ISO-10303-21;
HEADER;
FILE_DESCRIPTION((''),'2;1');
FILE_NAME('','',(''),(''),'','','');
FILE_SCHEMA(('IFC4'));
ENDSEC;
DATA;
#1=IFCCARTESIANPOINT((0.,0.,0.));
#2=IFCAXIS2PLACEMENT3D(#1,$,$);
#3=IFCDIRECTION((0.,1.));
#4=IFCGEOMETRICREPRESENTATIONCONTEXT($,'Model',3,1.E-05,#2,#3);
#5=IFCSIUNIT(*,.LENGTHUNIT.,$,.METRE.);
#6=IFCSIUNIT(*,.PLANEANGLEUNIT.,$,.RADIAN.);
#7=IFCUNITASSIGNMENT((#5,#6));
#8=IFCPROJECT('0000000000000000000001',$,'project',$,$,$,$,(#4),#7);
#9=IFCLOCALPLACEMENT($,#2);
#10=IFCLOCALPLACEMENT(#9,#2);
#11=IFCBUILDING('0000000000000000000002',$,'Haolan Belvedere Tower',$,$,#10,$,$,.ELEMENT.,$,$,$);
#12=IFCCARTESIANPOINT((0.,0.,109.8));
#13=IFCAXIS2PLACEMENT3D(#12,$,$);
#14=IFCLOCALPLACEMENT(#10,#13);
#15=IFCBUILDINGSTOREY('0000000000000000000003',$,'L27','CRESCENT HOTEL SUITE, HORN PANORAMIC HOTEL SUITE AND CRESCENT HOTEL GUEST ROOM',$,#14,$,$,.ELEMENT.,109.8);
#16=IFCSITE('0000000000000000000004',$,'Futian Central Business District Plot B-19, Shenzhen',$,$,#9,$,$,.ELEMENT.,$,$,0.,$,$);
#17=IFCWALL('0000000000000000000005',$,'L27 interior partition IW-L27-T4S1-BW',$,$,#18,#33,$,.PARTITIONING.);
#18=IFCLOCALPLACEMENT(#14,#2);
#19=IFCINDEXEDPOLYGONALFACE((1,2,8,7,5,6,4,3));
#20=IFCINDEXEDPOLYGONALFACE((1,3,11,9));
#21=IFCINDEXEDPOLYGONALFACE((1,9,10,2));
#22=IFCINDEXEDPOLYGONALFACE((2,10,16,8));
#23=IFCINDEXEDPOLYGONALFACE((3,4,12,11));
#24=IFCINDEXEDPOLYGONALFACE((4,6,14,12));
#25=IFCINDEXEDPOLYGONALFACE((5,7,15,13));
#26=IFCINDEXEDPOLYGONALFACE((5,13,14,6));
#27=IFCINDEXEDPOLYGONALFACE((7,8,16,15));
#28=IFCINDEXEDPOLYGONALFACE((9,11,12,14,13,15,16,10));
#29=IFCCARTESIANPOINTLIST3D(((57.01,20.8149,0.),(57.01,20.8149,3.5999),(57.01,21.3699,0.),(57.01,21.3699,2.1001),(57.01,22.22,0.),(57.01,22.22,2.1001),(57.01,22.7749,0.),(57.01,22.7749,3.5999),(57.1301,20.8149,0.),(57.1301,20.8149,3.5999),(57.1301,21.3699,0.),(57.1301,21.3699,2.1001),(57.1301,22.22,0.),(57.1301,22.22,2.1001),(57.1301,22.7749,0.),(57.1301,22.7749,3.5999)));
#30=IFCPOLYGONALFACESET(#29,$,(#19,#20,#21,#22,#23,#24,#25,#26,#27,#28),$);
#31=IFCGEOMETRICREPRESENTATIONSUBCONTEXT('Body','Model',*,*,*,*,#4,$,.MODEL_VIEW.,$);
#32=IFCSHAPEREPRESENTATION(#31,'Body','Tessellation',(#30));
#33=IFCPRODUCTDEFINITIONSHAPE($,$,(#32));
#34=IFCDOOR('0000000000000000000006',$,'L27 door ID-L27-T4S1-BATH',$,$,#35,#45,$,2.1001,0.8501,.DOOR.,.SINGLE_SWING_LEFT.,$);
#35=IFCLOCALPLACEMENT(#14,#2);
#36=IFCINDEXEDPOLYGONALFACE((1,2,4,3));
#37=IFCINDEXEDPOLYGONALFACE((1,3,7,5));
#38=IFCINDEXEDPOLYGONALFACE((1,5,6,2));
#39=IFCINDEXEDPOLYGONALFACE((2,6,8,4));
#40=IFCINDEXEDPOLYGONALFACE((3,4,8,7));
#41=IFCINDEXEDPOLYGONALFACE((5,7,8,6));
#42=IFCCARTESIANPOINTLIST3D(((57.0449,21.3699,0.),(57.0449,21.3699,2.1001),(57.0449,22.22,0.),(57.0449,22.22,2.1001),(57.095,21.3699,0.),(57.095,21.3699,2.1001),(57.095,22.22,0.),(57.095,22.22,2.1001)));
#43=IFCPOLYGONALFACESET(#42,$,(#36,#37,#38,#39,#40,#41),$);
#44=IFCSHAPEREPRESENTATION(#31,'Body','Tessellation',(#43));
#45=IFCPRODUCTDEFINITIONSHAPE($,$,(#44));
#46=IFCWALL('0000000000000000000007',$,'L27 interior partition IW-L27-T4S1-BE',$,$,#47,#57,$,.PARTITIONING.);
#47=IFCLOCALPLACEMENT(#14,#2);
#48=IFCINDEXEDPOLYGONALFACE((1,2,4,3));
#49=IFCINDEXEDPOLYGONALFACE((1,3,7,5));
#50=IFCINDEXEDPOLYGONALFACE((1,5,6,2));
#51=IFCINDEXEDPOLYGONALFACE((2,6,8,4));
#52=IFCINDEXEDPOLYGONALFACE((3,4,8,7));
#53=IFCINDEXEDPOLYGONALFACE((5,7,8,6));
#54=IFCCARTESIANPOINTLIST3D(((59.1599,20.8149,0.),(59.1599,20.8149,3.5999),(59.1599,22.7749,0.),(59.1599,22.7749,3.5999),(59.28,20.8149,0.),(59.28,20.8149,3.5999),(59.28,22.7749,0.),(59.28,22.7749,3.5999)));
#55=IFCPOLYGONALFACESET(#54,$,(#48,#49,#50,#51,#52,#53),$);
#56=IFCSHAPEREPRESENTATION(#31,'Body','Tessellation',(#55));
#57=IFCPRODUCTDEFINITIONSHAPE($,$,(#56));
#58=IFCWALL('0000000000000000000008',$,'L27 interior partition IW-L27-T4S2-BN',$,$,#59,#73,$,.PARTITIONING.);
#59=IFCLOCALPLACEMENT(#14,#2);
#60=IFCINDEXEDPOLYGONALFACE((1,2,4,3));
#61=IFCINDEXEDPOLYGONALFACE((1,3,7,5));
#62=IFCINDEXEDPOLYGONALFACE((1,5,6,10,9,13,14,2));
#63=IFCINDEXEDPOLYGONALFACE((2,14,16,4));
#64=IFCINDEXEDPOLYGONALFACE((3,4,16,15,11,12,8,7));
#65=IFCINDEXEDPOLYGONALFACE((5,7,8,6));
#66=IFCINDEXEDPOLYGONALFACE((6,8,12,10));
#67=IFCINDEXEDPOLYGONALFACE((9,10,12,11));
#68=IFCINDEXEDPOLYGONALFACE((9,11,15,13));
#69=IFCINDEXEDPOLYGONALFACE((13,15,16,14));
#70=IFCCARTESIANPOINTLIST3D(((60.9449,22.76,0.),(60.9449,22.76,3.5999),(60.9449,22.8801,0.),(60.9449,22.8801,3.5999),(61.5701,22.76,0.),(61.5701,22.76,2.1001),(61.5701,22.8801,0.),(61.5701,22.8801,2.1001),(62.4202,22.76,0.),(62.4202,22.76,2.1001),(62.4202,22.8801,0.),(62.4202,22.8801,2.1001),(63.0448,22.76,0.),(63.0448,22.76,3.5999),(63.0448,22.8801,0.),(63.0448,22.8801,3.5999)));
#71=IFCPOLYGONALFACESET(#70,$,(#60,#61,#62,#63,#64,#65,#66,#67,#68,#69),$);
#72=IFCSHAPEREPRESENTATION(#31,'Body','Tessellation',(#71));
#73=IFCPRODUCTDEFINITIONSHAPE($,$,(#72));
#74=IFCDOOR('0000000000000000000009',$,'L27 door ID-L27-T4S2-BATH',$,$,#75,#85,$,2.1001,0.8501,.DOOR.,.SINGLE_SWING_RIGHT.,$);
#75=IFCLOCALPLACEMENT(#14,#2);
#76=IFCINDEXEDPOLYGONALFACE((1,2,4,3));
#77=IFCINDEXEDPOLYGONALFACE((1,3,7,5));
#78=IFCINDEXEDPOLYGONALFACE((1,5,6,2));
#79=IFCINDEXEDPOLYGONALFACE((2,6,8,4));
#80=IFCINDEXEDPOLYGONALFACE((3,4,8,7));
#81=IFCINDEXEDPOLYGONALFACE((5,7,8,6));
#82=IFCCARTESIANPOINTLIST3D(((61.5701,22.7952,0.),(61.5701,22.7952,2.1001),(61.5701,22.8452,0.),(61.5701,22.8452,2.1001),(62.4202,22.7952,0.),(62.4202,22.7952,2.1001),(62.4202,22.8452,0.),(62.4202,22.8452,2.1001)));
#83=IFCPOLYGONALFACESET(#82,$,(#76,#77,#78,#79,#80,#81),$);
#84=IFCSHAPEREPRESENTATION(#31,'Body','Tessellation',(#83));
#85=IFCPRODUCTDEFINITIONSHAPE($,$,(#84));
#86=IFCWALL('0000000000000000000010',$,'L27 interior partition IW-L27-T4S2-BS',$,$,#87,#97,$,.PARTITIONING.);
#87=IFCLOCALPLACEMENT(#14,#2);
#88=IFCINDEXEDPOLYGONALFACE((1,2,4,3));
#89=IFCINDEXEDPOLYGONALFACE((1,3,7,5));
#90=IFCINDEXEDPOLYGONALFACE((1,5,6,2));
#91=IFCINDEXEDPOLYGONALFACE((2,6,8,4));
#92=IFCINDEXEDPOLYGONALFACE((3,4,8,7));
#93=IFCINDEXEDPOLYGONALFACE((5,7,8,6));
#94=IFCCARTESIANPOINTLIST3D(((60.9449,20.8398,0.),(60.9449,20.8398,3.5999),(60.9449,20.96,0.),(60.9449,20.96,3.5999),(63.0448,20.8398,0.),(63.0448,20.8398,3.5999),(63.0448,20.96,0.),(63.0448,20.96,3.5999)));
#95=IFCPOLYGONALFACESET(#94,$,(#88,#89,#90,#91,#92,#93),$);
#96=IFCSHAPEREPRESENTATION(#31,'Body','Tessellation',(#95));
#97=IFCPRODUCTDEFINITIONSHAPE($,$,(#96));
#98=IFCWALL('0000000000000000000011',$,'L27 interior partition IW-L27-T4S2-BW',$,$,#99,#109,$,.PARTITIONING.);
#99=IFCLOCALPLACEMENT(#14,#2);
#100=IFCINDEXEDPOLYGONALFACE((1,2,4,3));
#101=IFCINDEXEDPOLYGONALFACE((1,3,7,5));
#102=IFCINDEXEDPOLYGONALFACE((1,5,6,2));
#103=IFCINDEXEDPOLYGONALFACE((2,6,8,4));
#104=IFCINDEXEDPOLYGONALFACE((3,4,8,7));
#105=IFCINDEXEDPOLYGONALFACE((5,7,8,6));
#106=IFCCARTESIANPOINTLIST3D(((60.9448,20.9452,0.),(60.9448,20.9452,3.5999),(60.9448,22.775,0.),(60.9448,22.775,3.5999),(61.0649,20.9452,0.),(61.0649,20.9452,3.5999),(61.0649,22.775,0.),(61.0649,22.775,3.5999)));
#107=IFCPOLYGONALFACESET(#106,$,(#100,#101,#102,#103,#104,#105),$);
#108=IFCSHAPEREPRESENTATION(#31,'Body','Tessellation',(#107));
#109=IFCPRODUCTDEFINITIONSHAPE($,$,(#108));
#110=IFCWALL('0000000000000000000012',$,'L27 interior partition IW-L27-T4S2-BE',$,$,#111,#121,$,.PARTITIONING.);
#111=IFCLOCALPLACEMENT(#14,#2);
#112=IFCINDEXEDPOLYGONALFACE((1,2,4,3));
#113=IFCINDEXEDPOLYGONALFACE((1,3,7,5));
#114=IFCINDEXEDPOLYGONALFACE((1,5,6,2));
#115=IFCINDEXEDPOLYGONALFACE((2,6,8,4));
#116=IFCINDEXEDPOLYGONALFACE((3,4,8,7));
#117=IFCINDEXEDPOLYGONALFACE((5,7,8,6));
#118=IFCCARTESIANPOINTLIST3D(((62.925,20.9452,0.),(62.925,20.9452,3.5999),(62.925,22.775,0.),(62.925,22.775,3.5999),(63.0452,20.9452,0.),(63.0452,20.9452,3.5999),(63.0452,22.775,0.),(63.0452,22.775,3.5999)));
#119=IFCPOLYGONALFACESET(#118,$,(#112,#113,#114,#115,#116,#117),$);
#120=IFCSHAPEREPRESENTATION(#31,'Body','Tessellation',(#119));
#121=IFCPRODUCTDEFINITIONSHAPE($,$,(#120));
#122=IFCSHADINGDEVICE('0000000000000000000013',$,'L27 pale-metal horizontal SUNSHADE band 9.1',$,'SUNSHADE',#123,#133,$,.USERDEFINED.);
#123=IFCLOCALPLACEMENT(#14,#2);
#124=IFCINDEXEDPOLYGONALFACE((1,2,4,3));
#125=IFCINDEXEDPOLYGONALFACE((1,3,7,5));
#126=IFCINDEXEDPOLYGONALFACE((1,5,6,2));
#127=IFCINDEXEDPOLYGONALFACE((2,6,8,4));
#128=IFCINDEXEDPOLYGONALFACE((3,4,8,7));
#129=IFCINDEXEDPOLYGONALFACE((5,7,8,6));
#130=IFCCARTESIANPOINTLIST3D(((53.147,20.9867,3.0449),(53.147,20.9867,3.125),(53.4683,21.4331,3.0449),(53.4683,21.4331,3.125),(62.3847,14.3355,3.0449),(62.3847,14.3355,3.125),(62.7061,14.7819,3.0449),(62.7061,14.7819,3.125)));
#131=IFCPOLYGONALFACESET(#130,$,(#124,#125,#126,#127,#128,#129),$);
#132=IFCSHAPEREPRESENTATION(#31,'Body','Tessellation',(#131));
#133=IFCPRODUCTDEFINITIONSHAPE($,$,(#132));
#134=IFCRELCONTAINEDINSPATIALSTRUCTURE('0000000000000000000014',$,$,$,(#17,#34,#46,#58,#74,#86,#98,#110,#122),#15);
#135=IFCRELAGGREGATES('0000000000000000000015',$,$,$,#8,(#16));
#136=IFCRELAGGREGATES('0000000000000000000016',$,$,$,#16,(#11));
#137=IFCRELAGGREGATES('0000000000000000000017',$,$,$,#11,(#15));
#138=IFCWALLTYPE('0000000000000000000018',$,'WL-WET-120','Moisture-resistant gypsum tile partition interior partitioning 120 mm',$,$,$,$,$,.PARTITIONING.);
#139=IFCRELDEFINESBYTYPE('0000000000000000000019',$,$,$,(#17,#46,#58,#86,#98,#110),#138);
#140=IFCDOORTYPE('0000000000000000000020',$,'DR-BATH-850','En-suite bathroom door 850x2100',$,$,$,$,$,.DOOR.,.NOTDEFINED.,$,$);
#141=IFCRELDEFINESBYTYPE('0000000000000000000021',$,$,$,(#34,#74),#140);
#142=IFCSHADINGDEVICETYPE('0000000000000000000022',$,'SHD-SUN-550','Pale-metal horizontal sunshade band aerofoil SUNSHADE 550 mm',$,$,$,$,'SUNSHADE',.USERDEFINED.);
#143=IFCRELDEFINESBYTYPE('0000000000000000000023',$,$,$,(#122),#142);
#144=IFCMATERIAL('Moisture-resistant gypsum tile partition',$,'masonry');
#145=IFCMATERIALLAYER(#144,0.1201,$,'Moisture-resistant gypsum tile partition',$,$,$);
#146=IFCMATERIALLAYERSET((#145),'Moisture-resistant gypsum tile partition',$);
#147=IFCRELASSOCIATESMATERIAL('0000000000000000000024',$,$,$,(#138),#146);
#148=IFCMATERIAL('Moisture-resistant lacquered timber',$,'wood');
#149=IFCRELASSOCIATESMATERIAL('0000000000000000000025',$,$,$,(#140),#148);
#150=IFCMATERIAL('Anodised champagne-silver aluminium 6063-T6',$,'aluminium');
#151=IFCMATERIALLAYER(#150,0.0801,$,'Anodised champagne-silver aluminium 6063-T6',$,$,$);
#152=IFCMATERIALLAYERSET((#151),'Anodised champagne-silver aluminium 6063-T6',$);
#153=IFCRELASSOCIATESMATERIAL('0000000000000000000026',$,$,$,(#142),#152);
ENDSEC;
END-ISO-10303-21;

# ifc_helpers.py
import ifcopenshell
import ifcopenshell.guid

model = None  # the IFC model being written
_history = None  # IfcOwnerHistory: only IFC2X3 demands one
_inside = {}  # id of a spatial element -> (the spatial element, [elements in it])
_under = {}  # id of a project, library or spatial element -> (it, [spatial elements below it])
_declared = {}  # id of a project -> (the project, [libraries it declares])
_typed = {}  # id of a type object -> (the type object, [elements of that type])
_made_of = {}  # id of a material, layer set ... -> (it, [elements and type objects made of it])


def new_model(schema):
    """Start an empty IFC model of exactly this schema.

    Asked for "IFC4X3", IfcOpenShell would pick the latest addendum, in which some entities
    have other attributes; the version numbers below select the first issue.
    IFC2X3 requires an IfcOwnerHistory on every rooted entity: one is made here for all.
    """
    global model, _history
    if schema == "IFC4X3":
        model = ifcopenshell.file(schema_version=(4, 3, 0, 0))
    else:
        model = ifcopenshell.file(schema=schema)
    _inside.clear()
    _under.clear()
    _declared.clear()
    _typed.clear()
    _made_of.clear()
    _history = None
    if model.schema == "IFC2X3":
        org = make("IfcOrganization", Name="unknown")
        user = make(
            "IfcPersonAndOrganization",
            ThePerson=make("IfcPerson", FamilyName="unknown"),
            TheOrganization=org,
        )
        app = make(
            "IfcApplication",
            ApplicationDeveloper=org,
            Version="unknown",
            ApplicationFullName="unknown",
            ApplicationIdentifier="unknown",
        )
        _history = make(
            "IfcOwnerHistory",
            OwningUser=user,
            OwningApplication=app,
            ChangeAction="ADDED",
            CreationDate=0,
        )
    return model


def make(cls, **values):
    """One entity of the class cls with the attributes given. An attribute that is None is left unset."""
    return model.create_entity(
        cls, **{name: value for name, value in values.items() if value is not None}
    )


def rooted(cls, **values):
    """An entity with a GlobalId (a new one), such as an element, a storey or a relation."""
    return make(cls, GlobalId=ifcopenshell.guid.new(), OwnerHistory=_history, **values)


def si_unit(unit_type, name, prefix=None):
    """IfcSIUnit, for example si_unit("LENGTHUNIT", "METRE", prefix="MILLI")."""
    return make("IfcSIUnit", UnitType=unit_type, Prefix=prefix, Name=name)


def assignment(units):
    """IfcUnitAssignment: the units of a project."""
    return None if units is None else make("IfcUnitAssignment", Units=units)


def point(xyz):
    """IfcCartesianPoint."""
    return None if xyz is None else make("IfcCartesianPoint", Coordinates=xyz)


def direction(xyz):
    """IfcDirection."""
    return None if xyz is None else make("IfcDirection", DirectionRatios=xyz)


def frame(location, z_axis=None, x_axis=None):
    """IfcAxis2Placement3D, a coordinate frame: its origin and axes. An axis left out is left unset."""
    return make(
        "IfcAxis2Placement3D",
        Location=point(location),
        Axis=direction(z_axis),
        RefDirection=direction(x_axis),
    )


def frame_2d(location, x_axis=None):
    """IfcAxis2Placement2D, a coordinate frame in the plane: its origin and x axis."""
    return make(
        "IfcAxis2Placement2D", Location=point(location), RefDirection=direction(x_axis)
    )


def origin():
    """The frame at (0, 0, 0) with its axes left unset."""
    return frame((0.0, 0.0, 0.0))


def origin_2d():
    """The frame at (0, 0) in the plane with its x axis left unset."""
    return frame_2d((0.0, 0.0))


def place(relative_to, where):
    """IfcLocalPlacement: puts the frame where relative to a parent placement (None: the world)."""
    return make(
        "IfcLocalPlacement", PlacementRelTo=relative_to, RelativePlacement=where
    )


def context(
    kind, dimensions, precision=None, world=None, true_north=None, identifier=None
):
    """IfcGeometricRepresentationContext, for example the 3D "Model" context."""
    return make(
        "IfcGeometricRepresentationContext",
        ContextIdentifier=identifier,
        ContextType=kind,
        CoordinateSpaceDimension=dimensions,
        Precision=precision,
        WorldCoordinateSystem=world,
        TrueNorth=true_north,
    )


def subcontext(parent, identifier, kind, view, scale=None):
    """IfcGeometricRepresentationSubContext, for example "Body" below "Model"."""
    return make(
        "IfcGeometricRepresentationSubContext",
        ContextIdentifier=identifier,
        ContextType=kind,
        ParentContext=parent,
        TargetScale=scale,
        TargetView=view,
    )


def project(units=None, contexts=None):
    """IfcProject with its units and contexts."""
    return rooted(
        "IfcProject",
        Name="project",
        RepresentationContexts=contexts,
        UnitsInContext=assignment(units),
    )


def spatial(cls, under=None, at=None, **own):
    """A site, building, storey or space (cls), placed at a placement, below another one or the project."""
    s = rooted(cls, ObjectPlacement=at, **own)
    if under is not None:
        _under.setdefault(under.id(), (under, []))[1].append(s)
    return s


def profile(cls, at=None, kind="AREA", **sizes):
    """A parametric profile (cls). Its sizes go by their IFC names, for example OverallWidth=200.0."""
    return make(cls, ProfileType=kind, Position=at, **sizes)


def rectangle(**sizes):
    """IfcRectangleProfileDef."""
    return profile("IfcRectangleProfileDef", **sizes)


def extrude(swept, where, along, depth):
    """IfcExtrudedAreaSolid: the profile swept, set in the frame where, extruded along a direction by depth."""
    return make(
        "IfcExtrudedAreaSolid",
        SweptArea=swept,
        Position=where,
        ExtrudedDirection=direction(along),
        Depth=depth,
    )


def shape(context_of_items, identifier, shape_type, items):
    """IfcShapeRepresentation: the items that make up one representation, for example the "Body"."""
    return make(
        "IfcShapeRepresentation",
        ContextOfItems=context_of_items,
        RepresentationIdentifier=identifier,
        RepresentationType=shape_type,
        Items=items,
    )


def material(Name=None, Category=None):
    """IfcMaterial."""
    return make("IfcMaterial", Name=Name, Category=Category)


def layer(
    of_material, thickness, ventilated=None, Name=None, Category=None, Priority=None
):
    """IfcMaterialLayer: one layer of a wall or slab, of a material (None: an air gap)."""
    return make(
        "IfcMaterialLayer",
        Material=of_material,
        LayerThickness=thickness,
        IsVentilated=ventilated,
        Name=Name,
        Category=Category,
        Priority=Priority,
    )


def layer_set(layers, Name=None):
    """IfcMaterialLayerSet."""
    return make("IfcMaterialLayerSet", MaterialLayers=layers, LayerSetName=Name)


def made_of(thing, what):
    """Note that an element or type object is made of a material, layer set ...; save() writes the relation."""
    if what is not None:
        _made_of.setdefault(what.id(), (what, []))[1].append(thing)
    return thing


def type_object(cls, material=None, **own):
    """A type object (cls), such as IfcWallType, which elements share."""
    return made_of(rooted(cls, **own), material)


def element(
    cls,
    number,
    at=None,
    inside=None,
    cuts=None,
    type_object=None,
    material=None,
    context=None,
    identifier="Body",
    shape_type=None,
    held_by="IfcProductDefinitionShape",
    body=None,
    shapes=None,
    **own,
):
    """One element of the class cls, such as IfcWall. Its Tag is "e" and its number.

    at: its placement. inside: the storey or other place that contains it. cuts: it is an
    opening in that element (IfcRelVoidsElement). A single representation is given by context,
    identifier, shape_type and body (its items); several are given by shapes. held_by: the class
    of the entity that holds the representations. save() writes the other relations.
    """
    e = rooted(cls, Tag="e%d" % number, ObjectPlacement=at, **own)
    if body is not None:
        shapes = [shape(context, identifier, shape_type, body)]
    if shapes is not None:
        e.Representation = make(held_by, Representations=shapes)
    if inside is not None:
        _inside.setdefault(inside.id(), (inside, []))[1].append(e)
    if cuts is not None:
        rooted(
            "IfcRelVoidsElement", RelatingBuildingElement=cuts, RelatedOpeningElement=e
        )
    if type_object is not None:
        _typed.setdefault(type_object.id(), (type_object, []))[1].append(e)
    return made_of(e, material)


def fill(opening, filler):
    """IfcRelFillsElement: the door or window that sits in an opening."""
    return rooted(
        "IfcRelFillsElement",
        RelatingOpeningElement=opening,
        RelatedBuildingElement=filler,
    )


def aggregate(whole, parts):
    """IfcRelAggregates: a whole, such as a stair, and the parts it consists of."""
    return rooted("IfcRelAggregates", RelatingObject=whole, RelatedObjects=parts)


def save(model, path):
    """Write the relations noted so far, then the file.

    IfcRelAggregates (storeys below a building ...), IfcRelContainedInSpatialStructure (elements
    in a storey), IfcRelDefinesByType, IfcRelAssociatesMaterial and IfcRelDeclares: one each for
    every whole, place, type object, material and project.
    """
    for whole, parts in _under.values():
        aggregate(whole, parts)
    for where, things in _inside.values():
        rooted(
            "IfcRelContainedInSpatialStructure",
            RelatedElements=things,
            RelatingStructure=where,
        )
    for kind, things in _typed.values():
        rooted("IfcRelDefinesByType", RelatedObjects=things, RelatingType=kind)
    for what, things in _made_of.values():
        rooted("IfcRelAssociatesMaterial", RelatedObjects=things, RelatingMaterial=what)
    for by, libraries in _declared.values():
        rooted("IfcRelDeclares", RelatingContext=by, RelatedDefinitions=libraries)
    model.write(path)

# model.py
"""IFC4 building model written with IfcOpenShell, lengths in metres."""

from ifc_helpers import new_model, si_unit, direction, frame, frame_2d, origin, origin_2d, place, context, subcontext, project, spatial, rectangle, extrude, material, layer, layer_set, type_object, element, fill, save


model = new_model("IFC4")

# Units and contexts
model_context = context("Model", 3, precision=1e-05, world=origin(), true_north=direction((0.0, 1.0)))
body_context = subcontext(model_context, "Body", "Model", "MODEL_VIEW")
ifc_project = project(units=[si_unit("LENGTHUNIT", "METRE"), si_unit("PLANEANGLEUNIT", "RADIAN")], contexts=[model_context])

# Site, building, storey
site_placement = place(None, origin())
site = spatial("IfcSite", under=ifc_project, at=site_placement, Name="Futian Central Business District Plot B-19, Shenzhen", CompositionType="ELEMENT", RefElevation=0.0)
building_placement = place(site_placement, origin())
building = spatial("IfcBuilding", under=site, at=building_placement, Name="Haolan Belvedere Tower", CompositionType="ELEMENT")
storey_placement = place(building_placement, frame((0.0, 0.0, 109.8)))
storey = spatial("IfcBuildingStorey", under=building, at=storey_placement, Name="L27", Description="CRESCENT HOTEL SUITE, HORN PANORAMIC HOTEL SUITE AND CRESCENT HOTEL GUEST ROOM", CompositionType="ELEMENT", Elevation=109.8)

# Shared definitions
ifc_material_1 = material(Name="Moisture-resistant gypsum tile partition", Category="masonry")
ifc_layer_1 = layer(ifc_material_1, 0.1201, Name="Moisture-resistant gypsum tile partition")
ifc_layer_set_1 = layer_set([ifc_layer_1], Name="Moisture-resistant gypsum tile partition")
wall_type_1 = type_object("IfcWallType", Name="WL-WET-120", Description="Moisture-resistant gypsum tile partition interior partitioning 120 mm", PredefinedType="PARTITIONING", material=ifc_layer_set_1)

# Wall, opening, door
wall_1_placement = place(storey_placement, frame((57.0701, 20.8149, 0.0), z_axis=(0.0, 0.0, 1.0), x_axis=(0.0, 1.0, 0.0)))
wall_1 = element("IfcWall", 1, at=wall_1_placement, inside=storey, type_object=wall_type_1, Name="L27 interior partition IW-L27-T4S1-BW", PredefinedType="PARTITIONING", context=body_context, shape_type="SweptSolid", body=[
    extrude(rectangle(XDim=1.96, YDim=0.1201, at=frame_2d((0.98, 0.0))), origin(), (0.0, 0.0, 1.0), 3.5999),
])
opening_1_placement = place(wall_1_placement, frame((1.405, 0.0, 0.0), z_axis=(0.0, 0.0, 1.0), x_axis=(-1.0, 0.0, 0.0)))
opening_1 = element("IfcOpeningElement", 2, at=opening_1_placement, cuts=wall_1, PredefinedType="OPENING", context=body_context, shape_type="SweptSolid", body=[
    extrude(rectangle(XDim=0.8501, YDim=2.1001, at=frame_2d((0.425, 1.05))), frame((0.0, 0.0701, 0.0), z_axis=(0.0, -1.0, 0.0), x_axis=(1.0, 0.0, 0.0)), (0.0, 0.0, 1.0), 0.1401),
])
ifc_material_2 = material(Name="Moisture-resistant lacquered timber", Category="wood")
door_type = type_object("IfcDoorType", Name="DR-BATH-850", Description="En-suite bathroom door 850x2100", OperationType="NOTDEFINED", PredefinedType="DOOR", material=ifc_material_2)
door_1_placement = place(opening_1_placement, origin())
door_1 = element("IfcDoor", 3, at=door_1_placement, inside=storey, type_object=door_type, Name="L27 door ID-L27-T4S1-BATH", OperationType="SINGLE_SWING_LEFT", OverallHeight=2.1001, OverallWidth=0.8501, PredefinedType="DOOR", context=body_context, shape_type="SweptSolid", body=[
    extrude(rectangle(XDim=0.8501, YDim=2.1001, at=frame_2d((0.425, 1.05))), frame((0.0, 0.0249, 0.0), z_axis=(0.0, -1.0, 0.0), x_axis=(1.0, 0.0, 0.0)), (0.0, 0.0, 1.0), 0.05),
])
fill(opening_1, door_1)

# Wall
wall_2_placement = place(storey_placement, frame((59.22, 20.8149, 0.0), z_axis=(0.0, 0.0, 1.0), x_axis=(0.0, 1.0, 0.0)))
element("IfcWall", 4, at=wall_2_placement, inside=storey, type_object=wall_type_1, Name="L27 interior partition IW-L27-T4S1-BE", PredefinedType="PARTITIONING", context=body_context, shape_type="SweptSolid", body=[
    extrude(rectangle(XDim=1.96, YDim=0.1201, at=frame_2d((0.98, 0.0))), origin(), (0.0, 0.0, 1.0), 3.5999),
])

# Wall, opening, door
wall_3_placement = place(storey_placement, frame((60.9451, 22.8201, 0.0), z_axis=(0.0, 0.0, 1.0), x_axis=(1.0, 0.0, 0.0)))
wall_3 = element("IfcWall", 5, at=wall_3_placement, inside=storey, type_object=wall_type_1, Name="L27 interior partition IW-L27-T4S2-BN", PredefinedType="PARTITIONING", context=body_context, shape_type="SweptSolid", body=[
    extrude(rectangle(XDim=2.0999, YDim=0.1201, at=frame_2d((1.0498, 0.0))), origin(), (0.0, 0.0, 1.0), 3.5999),
])
opening_2_placement = place(wall_3_placement, frame((1.4751, 0.0, 0.0), z_axis=(0.0, 0.0, 1.0), x_axis=(-1.0, 0.0, 0.0)))
opening_2 = element("IfcOpeningElement", 6, at=opening_2_placement, cuts=wall_3, PredefinedType="OPENING", context=body_context, shape_type="SweptSolid", body=[
    extrude(rectangle(XDim=0.8501, YDim=2.1001, at=frame_2d((0.425, 1.05))), frame((0.0, 0.0701, 0.0), z_axis=(0.0, -1.0, 0.0), x_axis=(1.0, 0.0, 0.0)), (0.0, 0.0, 1.0), 0.1401),
])
door_2_placement = place(opening_2_placement, origin())
door_2 = element("IfcDoor", 7, at=door_2_placement, inside=storey, type_object=door_type, Name="L27 door ID-L27-T4S2-BATH", OperationType="SINGLE_SWING_RIGHT", OverallHeight=2.1001, OverallWidth=0.8501, PredefinedType="DOOR", context=body_context, shape_type="SweptSolid", body=[
    extrude(rectangle(XDim=0.8501, YDim=2.1001, at=frame_2d((0.425, 1.05))), frame((0.0, 0.0249, 0.0), z_axis=(0.0, -1.0, 0.0), x_axis=(1.0, 0.0, 0.0)), (0.0, 0.0, 1.0), 0.05),
])
fill(opening_2, door_2)

# Walls
wall_4_placement = place(storey_placement, frame((60.9451, 20.8999, 0.0), z_axis=(0.0, 0.0, 1.0), x_axis=(1.0, 0.0, 0.0)))
element("IfcWall", 8, at=wall_4_placement, inside=storey, type_object=wall_type_1, Name="L27 interior partition IW-L27-T4S2-BS", PredefinedType="PARTITIONING", context=body_context, shape_type="SweptSolid", body=[
    extrude(rectangle(XDim=2.0999, YDim=0.1201, at=frame_2d((1.0498, 0.0))), origin(), (0.0, 0.0, 1.0), 3.5999),
])
for number, where, z_axis, x_axis, name in (
    (9, (61.0049, 20.9451, 0.0), (0.0, 0.0, 1.0), (0.0, 1.0, 0.0), "L27 interior partition IW-L27-T4S2-BW"),
    (10, (62.9851, 20.9451, 0.0), (0.0, 0.0, 1.0), (0.0, 1.0, 0.0), "L27 interior partition IW-L27-T4S2-BE"),
):
    element("IfcWall", number, at=place(storey_placement, frame(where, z_axis=z_axis, x_axis=x_axis)), inside=storey, type_object=wall_type_1, Name=name, PredefinedType="PARTITIONING", context=body_context, shape_type="SweptSolid", body=[
        extrude(rectangle(XDim=1.8298, YDim=0.1201, at=frame_2d((0.915, 0.0))), origin(), (0.0, 0.0, 1.0), 3.5999),
    ])

# Shading device
ifc_material_3 = material(Name="Anodised champagne-silver aluminium 6063-T6", Category="aluminium")
ifc_layer_2 = layer(ifc_material_3, 0.0801, Name="Anodised champagne-silver aluminium 6063-T6")
ifc_layer_set_2 = layer_set([ifc_layer_2], Name="Anodised champagne-silver aluminium 6063-T6")
shading_device_type = type_object("IfcShadingDeviceType", Name="SHD-SUN-550", Description="Pale-metal horizontal sunshade band aerofoil SUNSHADE 550 mm", ElementType="SUNSHADE", PredefinedType="USERDEFINED", material=ifc_layer_set_2)
shading_device_placement = place(storey_placement, frame((57.9265, 17.8843, 3.0449), z_axis=(0.0, 0.0, 1.0), x_axis=(0.811533, -0.584306, 0.0)))
element("IfcShadingDevice", 11, at=shading_device_placement, inside=storey, type_object=shading_device_type, Name="L27 pale-metal horizontal SUNSHADE band 9.1", ObjectType="SUNSHADE", PredefinedType="USERDEFINED", context=body_context, shape_type="SweptSolid", body=[
    extrude(rectangle(XDim=11.3831, YDim=0.55, at=origin_2d()), origin(), (0.0, 0.0, 1.0), 0.0801),
])

save(model, "model.ifc")
